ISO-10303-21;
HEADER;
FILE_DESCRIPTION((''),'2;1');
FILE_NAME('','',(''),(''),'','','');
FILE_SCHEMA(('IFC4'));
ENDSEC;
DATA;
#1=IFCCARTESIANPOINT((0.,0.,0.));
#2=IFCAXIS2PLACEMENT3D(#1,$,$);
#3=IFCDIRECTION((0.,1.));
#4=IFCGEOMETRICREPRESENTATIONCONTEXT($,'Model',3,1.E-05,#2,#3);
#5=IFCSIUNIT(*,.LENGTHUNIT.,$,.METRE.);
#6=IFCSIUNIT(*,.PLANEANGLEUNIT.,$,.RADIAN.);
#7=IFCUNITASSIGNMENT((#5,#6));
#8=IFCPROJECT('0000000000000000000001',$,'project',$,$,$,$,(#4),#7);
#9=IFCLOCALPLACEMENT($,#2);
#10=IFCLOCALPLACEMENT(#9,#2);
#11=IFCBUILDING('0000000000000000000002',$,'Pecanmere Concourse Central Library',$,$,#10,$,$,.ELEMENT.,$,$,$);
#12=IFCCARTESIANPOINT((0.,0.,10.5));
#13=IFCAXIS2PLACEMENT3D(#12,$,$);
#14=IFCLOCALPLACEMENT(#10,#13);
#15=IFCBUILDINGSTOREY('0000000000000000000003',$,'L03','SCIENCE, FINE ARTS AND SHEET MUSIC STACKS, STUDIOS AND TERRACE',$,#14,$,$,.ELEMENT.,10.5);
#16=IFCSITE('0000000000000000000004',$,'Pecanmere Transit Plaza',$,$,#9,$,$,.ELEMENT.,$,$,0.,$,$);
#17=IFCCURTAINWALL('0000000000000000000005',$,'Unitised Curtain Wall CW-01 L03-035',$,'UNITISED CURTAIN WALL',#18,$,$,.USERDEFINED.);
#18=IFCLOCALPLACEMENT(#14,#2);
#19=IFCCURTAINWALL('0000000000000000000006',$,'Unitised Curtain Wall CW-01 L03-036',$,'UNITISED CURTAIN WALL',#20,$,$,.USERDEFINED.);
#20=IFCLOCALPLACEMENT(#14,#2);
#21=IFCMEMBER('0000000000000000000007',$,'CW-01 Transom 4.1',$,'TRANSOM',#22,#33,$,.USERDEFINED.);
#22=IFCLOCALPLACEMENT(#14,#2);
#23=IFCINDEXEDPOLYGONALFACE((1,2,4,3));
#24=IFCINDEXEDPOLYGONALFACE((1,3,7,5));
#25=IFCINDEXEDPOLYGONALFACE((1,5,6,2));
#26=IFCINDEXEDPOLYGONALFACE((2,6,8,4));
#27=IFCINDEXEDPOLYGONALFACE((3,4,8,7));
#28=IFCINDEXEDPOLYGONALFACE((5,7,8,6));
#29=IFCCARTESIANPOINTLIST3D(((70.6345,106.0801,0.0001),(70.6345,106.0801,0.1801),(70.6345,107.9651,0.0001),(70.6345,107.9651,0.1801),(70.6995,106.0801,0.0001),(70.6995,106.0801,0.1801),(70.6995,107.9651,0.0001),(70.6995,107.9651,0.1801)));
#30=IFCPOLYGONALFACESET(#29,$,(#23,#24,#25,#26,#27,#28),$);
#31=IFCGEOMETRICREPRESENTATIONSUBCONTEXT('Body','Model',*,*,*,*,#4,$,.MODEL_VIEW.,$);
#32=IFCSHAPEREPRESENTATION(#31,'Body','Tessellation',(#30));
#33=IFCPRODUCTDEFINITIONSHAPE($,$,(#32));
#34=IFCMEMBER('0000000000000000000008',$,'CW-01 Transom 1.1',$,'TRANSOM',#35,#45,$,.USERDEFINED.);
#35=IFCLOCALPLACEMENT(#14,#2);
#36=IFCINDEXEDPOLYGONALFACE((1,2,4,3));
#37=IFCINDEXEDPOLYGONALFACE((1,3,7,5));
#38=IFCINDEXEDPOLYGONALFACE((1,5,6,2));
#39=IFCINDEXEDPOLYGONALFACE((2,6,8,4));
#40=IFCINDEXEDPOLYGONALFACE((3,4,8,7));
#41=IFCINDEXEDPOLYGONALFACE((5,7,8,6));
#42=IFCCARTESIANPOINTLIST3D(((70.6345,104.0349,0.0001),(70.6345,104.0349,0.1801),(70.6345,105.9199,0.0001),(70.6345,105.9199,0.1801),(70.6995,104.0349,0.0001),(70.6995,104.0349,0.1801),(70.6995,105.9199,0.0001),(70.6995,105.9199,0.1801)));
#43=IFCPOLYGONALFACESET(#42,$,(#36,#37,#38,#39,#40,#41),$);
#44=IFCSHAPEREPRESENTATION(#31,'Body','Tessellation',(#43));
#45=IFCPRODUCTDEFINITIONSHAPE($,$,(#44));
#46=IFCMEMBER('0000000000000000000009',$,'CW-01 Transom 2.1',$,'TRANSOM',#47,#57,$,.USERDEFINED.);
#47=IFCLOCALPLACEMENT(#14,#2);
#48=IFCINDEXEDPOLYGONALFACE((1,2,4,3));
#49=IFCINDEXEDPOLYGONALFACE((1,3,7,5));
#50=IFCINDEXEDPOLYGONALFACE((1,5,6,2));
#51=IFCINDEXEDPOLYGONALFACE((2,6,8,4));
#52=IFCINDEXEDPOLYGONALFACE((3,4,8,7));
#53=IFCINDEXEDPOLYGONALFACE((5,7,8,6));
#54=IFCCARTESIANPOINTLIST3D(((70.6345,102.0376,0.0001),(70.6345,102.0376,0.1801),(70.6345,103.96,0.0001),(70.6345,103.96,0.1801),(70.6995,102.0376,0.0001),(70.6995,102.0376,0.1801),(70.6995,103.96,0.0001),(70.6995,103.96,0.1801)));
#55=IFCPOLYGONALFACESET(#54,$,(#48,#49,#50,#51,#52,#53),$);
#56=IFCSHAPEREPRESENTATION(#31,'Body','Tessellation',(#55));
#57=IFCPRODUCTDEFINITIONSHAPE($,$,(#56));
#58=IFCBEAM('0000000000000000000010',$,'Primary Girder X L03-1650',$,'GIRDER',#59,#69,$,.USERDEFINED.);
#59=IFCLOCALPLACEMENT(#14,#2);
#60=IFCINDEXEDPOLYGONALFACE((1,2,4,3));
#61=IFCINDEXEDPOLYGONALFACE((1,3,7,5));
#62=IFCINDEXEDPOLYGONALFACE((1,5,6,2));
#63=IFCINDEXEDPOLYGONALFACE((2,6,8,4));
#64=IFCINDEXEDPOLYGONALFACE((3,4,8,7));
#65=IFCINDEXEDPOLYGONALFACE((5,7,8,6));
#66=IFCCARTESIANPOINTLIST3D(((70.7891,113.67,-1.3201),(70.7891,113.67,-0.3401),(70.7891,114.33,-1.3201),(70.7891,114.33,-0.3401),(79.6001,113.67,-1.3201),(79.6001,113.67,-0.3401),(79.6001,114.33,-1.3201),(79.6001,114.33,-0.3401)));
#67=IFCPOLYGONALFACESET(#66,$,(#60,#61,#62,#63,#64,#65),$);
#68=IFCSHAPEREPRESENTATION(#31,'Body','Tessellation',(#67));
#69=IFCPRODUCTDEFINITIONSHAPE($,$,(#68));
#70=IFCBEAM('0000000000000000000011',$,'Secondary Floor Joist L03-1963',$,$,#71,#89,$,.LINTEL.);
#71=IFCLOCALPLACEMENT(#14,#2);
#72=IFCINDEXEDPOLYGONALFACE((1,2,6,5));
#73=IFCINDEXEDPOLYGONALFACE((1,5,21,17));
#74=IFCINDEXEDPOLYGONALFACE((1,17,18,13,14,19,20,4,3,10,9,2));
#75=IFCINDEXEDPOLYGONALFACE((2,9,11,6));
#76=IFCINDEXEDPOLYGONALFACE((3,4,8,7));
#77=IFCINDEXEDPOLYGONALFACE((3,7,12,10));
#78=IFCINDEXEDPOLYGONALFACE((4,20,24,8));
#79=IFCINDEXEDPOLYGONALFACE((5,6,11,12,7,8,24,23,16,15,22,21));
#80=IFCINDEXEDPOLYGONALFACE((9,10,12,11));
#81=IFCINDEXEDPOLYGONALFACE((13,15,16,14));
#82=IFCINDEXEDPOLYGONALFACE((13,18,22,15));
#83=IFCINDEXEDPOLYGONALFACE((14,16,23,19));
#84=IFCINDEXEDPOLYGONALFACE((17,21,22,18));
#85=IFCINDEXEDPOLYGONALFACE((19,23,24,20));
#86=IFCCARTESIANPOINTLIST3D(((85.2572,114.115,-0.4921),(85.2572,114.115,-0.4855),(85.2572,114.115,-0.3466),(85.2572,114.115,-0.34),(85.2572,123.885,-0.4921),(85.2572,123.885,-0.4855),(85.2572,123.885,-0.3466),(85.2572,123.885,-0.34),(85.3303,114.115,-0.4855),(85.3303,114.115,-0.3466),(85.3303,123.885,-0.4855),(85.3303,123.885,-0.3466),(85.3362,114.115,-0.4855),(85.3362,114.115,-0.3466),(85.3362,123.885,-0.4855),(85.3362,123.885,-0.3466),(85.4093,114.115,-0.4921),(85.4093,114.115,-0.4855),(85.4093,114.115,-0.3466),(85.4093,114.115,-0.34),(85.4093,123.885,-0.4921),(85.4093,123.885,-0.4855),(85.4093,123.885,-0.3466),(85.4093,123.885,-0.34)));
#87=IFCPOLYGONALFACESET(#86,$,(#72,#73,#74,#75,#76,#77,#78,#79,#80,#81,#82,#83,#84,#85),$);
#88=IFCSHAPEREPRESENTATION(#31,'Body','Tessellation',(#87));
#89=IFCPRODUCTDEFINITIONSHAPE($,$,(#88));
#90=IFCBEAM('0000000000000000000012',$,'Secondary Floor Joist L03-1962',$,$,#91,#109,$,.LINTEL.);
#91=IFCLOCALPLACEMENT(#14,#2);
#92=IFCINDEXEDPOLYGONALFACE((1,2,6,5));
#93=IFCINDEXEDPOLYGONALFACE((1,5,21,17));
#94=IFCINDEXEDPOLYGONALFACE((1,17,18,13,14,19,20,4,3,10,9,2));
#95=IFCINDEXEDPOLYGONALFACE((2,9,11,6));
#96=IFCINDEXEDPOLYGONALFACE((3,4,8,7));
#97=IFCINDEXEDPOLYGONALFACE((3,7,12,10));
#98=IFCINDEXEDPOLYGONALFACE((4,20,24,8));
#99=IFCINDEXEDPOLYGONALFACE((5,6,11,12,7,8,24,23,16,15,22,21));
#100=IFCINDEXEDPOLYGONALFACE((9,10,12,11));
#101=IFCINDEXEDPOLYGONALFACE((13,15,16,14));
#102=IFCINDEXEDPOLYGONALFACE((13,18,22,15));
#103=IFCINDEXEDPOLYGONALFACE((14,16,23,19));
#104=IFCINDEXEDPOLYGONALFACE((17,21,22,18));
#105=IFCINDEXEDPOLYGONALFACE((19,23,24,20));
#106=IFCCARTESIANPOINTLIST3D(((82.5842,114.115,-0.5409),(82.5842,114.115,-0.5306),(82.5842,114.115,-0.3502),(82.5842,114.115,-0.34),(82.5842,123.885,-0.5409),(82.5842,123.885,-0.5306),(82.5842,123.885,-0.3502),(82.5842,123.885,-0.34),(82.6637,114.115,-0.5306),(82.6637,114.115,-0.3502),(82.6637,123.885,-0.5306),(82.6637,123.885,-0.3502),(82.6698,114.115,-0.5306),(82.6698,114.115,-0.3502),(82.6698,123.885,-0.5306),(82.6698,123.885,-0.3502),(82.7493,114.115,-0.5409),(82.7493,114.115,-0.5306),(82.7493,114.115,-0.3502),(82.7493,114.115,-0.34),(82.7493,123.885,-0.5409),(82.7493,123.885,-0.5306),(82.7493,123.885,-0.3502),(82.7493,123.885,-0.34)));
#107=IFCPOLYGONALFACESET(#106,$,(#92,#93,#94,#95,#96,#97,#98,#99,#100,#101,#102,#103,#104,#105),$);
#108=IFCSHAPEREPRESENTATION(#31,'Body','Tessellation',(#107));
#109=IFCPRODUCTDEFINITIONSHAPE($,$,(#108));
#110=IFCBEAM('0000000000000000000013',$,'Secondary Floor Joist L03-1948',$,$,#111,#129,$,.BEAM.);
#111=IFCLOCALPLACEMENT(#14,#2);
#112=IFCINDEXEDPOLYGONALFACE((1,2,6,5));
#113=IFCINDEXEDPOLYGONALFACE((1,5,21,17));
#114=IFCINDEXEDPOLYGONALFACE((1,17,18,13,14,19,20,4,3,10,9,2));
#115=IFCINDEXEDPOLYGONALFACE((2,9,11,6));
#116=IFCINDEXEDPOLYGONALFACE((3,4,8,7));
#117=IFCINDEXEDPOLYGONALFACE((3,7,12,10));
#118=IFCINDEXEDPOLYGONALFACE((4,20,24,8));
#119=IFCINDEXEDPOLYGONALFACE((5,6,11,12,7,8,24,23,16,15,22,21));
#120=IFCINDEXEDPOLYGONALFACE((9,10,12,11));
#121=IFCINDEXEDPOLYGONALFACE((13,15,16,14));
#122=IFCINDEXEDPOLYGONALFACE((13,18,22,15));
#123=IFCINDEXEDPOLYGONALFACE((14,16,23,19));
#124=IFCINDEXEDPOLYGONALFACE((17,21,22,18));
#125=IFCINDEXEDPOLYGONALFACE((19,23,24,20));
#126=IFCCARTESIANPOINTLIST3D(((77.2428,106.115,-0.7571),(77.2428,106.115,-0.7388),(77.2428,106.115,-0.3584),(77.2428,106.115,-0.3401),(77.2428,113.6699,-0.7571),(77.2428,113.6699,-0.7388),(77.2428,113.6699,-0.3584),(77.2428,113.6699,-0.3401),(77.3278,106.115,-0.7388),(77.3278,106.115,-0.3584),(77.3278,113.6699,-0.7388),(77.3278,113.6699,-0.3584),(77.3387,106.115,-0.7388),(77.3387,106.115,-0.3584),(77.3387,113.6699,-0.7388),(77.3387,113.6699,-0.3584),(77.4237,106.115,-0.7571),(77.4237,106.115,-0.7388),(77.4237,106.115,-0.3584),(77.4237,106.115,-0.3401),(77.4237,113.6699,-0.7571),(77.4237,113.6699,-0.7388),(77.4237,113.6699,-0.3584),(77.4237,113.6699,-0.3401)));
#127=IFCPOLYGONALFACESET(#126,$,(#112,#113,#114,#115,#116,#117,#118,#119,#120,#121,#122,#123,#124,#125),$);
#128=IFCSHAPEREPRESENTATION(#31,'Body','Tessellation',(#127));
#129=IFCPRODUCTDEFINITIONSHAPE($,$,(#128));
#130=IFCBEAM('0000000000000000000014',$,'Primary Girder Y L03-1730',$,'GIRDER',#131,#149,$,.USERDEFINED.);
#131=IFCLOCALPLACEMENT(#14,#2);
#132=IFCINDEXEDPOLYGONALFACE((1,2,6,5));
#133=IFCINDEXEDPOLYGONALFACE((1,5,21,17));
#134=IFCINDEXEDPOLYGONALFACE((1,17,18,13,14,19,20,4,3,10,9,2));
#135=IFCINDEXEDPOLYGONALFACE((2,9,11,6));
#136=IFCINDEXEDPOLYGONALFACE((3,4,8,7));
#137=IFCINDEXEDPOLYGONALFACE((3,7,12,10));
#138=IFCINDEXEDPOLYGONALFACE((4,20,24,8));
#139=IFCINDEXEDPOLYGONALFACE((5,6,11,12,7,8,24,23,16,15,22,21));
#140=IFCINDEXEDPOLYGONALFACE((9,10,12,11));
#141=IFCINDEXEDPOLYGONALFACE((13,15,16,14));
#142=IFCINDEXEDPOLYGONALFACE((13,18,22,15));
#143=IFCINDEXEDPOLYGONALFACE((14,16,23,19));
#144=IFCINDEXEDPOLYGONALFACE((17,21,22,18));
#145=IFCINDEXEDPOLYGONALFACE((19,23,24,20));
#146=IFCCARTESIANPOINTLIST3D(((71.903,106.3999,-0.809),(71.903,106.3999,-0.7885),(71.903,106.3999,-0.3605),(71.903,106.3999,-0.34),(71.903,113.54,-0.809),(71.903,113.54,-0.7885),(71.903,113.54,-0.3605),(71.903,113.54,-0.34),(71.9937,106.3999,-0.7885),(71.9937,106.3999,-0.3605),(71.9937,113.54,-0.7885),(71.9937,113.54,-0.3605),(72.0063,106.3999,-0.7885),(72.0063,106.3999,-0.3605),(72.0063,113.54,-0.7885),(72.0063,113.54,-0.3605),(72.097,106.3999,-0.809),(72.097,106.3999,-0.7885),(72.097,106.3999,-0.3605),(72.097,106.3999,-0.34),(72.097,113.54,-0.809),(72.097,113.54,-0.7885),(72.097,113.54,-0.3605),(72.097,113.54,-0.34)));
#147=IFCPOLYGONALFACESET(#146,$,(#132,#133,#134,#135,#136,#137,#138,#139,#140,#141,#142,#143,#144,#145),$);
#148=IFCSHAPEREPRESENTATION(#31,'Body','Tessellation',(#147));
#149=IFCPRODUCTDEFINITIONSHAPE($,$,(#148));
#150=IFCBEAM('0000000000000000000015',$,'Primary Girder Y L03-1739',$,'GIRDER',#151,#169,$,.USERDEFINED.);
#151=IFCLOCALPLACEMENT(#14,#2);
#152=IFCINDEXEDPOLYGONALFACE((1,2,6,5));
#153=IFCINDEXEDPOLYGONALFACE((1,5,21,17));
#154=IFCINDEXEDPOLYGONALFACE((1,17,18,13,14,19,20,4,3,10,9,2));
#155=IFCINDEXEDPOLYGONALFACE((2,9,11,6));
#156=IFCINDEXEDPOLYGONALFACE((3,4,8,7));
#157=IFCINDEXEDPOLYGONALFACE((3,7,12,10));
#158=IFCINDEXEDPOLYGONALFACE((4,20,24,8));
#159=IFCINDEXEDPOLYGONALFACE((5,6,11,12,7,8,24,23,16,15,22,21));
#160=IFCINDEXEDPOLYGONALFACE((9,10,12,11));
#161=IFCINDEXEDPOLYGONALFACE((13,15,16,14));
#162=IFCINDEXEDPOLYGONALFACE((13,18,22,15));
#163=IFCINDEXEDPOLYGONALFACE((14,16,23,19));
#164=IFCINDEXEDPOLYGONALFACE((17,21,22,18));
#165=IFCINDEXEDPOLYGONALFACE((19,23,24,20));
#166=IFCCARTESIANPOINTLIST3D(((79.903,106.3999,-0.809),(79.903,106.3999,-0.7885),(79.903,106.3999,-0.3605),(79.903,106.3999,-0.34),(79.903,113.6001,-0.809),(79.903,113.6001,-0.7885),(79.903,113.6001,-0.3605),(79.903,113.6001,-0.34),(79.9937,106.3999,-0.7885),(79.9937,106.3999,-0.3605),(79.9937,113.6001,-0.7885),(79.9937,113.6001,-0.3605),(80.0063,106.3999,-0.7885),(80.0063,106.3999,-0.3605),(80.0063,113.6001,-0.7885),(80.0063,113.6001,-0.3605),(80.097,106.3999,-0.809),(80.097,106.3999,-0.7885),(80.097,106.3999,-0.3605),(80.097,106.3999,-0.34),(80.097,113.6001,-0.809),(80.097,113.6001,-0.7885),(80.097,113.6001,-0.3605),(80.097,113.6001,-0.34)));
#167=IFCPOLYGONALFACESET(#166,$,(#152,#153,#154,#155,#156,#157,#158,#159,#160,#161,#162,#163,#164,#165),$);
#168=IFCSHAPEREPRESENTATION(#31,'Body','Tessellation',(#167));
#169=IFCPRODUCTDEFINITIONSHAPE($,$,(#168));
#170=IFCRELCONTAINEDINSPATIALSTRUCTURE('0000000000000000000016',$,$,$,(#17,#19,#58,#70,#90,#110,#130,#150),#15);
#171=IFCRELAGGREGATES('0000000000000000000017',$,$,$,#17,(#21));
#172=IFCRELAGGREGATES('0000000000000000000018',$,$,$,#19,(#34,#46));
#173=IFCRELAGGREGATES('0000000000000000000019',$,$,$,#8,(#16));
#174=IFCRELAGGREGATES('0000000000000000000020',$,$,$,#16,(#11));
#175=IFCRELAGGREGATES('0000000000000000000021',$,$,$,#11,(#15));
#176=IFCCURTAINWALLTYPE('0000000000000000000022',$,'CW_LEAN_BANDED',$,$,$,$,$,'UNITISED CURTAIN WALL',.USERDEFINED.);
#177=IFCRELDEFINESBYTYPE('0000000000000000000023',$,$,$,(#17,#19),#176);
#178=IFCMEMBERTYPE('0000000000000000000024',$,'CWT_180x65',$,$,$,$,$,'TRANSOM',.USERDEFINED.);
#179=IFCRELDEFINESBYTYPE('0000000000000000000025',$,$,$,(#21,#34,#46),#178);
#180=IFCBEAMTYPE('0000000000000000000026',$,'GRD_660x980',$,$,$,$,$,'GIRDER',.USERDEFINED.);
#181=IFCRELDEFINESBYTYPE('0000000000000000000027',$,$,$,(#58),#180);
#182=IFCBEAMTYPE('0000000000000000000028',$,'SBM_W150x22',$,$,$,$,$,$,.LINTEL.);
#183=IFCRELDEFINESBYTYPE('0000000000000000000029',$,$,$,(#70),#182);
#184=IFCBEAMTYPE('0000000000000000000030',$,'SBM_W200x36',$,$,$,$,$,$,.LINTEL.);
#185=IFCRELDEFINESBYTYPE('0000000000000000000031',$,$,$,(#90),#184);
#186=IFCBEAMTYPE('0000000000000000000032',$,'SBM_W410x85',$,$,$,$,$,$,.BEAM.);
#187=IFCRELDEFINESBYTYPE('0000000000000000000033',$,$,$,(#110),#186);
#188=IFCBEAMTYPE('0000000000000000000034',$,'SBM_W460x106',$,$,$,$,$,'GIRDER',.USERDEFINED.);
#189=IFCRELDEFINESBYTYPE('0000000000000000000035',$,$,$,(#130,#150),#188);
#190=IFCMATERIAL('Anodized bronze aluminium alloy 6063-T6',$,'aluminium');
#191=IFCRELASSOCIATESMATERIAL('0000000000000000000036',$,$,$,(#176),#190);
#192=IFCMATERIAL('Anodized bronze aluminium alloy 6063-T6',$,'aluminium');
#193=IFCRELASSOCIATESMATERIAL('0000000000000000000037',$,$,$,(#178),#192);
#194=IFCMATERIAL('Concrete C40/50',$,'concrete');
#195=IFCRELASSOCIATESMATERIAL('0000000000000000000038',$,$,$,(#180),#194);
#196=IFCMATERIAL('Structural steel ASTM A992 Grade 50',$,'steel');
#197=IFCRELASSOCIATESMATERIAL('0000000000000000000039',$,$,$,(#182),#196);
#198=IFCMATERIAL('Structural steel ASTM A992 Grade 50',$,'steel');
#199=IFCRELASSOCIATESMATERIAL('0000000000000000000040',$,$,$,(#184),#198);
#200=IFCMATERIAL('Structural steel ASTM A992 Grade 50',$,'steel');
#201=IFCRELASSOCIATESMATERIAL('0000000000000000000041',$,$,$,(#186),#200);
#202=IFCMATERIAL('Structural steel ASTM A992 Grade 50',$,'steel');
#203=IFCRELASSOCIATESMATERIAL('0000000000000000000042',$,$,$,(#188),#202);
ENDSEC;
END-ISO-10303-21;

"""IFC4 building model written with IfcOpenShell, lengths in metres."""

from ifc_helpers import new_model, si_unit, direction, frame, origin, origin_2d, place, context, subcontext, project, spatial, rectangle, i_section, extrude, material, material_profile, profile_set, type_object, element, aggregate, save


model = new_model("IFC4")

# Units and contexts
model_context = context("Model", 3, precision=1e-05, world=origin(), true_north=direction((0.0, 1.0)))
body_context = subcontext(model_context, "Body", "Model", "MODEL_VIEW")
ifc_project = project(units=[si_unit("LENGTHUNIT", "METRE"), si_unit("PLANEANGLEUNIT", "RADIAN")], contexts=[model_context])

# Site, building, storey
site_placement = place(None, origin())
site = spatial("IfcSite", under=ifc_project, at=site_placement, Name="Pecanmere Transit Plaza", CompositionType="ELEMENT", RefElevation=0.0)
building_placement = place(site_placement, origin())
building = spatial("IfcBuilding", under=site, at=building_placement, Name="Pecanmere Concourse Central Library", CompositionType="ELEMENT")
storey_placement = place(building_placement, frame((0.0, 0.0, 10.5)))
storey = spatial("IfcBuildingStorey", under=building, at=storey_placement, Name="L03", Description="SCIENCE, FINE ARTS AND SHEET MUSIC STACKS, STUDIOS AND TERRACE", CompositionType="ELEMENT", Elevation=10.5)

# Shared definitions
ifc_material_1 = material(Name="Anodized bronze aluminium alloy 6063-T6", Category="aluminium")
curtain_wall_type = type_object("IfcCurtainWallType", Name="CW_LEAN_BANDED", ElementType="UNITISED CURTAIN WALL", PredefinedType="USERDEFINED", material=ifc_material_1)

# Curtain walls
curtain_wall_1_placement = place(storey_placement, origin())
curtain_wall_1 = element("IfcCurtainWall", 1, at=curtain_wall_1_placement, inside=storey, type_object=curtain_wall_type, Name="Unitised Curtain Wall CW-01 L03-035", ObjectType="UNITISED CURTAIN WALL", PredefinedType="USERDEFINED")
curtain_wall_2_placement = place(storey_placement, origin())
curtain_wall_2 = element("IfcCurtainWall", 2, at=curtain_wall_2_placement, inside=storey, type_object=curtain_wall_type, Name="Unitised Curtain Wall CW-01 L03-036", ObjectType="UNITISED CURTAIN WALL", PredefinedType="USERDEFINED")

# Members
ifc_material_2 = material(Name="Anodized bronze aluminium alloy 6063-T6", Category="aluminium")
ifc_material_profile_1 = material_profile(ifc_material_2, rectangle(XDim=0.0649, YDim=0.1799, at=origin_2d()), Name="AL 65x180")
ifc_profile_set_1 = profile_set([ifc_material_profile_1], Name="Anodized bronze aluminium alloy 6063-T6")
member_type_1 = type_object("IfcMemberType", Name="CWT_180x65", ElementType="TRANSOM", PredefinedType="USERDEFINED", material=ifc_profile_set_1)
member_1_placement = place(storey_placement, frame((70.667, 107.9651, 0.0901), z_axis=(0.0, -1.0, 0.0), x_axis=(1.0, 0.0, 0.0)))
member_1 = element("IfcMember", 3, at=member_1_placement, type_object=member_type_1, Name="CW-01 Transom 4.1", ObjectType="TRANSOM", PredefinedType="USERDEFINED", context=body_context, shape_type="SweptSolid", body=[
    extrude(rectangle(XDim=0.0649, YDim=0.1799, at=origin_2d()), origin(), (0.0, 0.0, 1.0), 1.885),
])
aggregate(curtain_wall_1, [member_1])
member_2_placement = place(storey_placement, frame((70.667, 105.9199, 0.0901), z_axis=(0.0, -1.0, 0.0), x_axis=(1.0, 0.0, 0.0)))
member_2 = element("IfcMember", 4, at=member_2_placement, type_object=member_type_1, Name="CW-01 Transom 1.1", ObjectType="TRANSOM", PredefinedType="USERDEFINED", context=body_context, shape_type="SweptSolid", body=[
    extrude(rectangle(XDim=0.0649, YDim=0.1799, at=origin_2d()), origin(), (0.0, 0.0, 1.0), 1.885),
])
member_3_placement = place(storey_placement, frame((70.667, 103.96, 0.0901), z_axis=(0.0, -1.0, 0.0), x_axis=(1.0, 0.0, 0.0)))
member_3 = element("IfcMember", 5, at=member_3_placement, type_object=member_type_1, Name="CW-01 Transom 2.1", ObjectType="TRANSOM", PredefinedType="USERDEFINED", context=body_context, shape_type="SweptSolid", body=[
    extrude(rectangle(XDim=0.0649, YDim=0.1799, at=origin_2d()), origin(), (0.0, 0.0, 1.0), 1.9224),
])
aggregate(curtain_wall_2, [member_2, member_3])

# Beams
ifc_material_3 = material(Name="Concrete C40/50", Category="concrete")
ifc_material_profile_2 = material_profile(ifc_material_3, rectangle(XDim=0.6599, YDim=0.98, at=origin_2d()), Name="RC 660x980")
ifc_profile_set_2 = profile_set([ifc_material_profile_2], Name="Concrete C40/50")
beam_type_1 = type_object("IfcBeamType", Name="GRD_660x980", ElementType="GIRDER", PredefinedType="USERDEFINED", material=ifc_profile_set_2)
beam_1_placement = place(storey_placement, frame((70.7891, 114.0, -0.8301), z_axis=(1.0, 0.0, 0.0), x_axis=(0.0, 1.0, 0.0)))
element("IfcBeam", 6, at=beam_1_placement, inside=storey, type_object=beam_type_1, Name="Primary Girder X L03-1650", ObjectType="GIRDER", PredefinedType="USERDEFINED", context=body_context, shape_type="SweptSolid", body=[
    extrude(rectangle(XDim=0.6599, YDim=0.98, at=origin_2d()), origin(), (0.0, 0.0, 1.0), 8.811),
])
ifc_material_4 = material(Name="Structural steel ASTM A992 Grade 50", Category="steel")
ifc_material_profile_3 = material_profile(ifc_material_4, i_section(OverallWidth=0.1521, OverallDepth=0.1521, WebThickness=0.0059, FlangeThickness=0.0066, at=origin_2d()), Name="W150x22.5")
ifc_profile_set_3 = profile_set([ifc_material_profile_3], Name="Structural steel ASTM A992 Grade 50")
beam_type_2 = type_object("IfcBeamType", Name="SBM_W150x22", PredefinedType="LINTEL", material=ifc_profile_set_3)
beam_2_placement = place(storey_placement, frame((85.3333, 114.115, -0.416), z_axis=(0.0, 1.0, 0.0), x_axis=(-1.0, 0.0, 0.0)))
element("IfcBeam", 7, at=beam_2_placement, inside=storey, type_object=beam_type_2, Name="Secondary Floor Joist L03-1963", PredefinedType="LINTEL", context=body_context, shape_type="SweptSolid", body=[
    extrude(i_section(OverallWidth=0.1521, OverallDepth=0.1521, WebThickness=0.0059, FlangeThickness=0.0066, at=origin_2d()), origin(), (0.0, 0.0, 1.0), 9.77),
])
ifc_material_5 = material(Name="Structural steel ASTM A992 Grade 50", Category="steel")
ifc_material_profile_4 = material_profile(ifc_material_5, i_section(OverallWidth=0.165, OverallDepth=0.2009, WebThickness=0.0061, FlangeThickness=0.0103, at=origin_2d()), Name="W200x35.9")
ifc_profile_set_4 = profile_set([ifc_material_profile_4], Name="Structural steel ASTM A992 Grade 50")
beam_type_3 = type_object("IfcBeamType", Name="SBM_W200x36", PredefinedType="LINTEL", material=ifc_profile_set_4)
beam_3_placement = place(storey_placement, frame((82.6667, 114.115, -0.4404), z_axis=(0.0, 1.0, 0.0), x_axis=(-1.0, 0.0, 0.0)))
element("IfcBeam", 8, at=beam_3_placement, inside=storey, type_object=beam_type_3, Name="Secondary Floor Joist L03-1962", PredefinedType="LINTEL", context=body_context, shape_type="SweptSolid", body=[
    extrude(i_section(OverallWidth=0.165, OverallDepth=0.2009, WebThickness=0.0061, FlangeThickness=0.0103, at=origin_2d()), origin(), (0.0, 0.0, 1.0), 9.77),
])
ifc_material_6 = material(Name="Structural steel ASTM A992 Grade 50", Category="steel")
ifc_material_profile_5 = material_profile(ifc_material_6, i_section(OverallWidth=0.1809, OverallDepth=0.417, WebThickness=0.011, FlangeThickness=0.0183, at=origin_2d()), Name="W410x85")
ifc_profile_set_5 = profile_set([ifc_material_profile_5], Name="Structural steel ASTM A992 Grade 50")
beam_type_4 = type_object("IfcBeamType", Name="SBM_W410x85", PredefinedType="BEAM", material=ifc_profile_set_5)
beam_4_placement = place(storey_placement, frame((77.3333, 106.115, -0.5486), z_axis=(0.0, 1.0, 0.0), x_axis=(-1.0, 0.0, 0.0)))
element("IfcBeam", 9, at=beam_4_placement, inside=storey, type_object=beam_type_4, Name="Secondary Floor Joist L03-1948", PredefinedType="BEAM", context=body_context, shape_type="SweptSolid", body=[
    extrude(i_section(OverallWidth=0.1809, OverallDepth=0.417, WebThickness=0.011, FlangeThickness=0.0183, at=origin_2d()), origin(), (0.0, 0.0, 1.0), 7.5549),
])
ifc_material_7 = material(Name="Structural steel ASTM A992 Grade 50", Category="steel")
ifc_material_profile_6 = material_profile(ifc_material_7, i_section(OverallWidth=0.1941, OverallDepth=0.469, WebThickness=0.0127, FlangeThickness=0.0205, at=origin_2d()), Name="W460x106")
ifc_profile_set_6 = profile_set([ifc_material_profile_6], Name="Structural steel ASTM A992 Grade 50")
beam_type_5 = type_object("IfcBeamType", Name="SBM_W460x106", ElementType="GIRDER", PredefinedType="USERDEFINED", material=ifc_profile_set_6)
beam_5_placement = place(storey_placement, frame((72.0, 106.3999, -0.5745), z_axis=(0.0, 1.0, 0.0), x_axis=(-1.0, 0.0, 0.0)))
element("IfcBeam", 10, at=beam_5_placement, inside=storey, type_object=beam_type_5, Name="Primary Girder Y L03-1730", ObjectType="GIRDER", PredefinedType="USERDEFINED", context=body_context, shape_type="SweptSolid", body=[
    extrude(i_section(OverallWidth=0.1941, OverallDepth=0.469, WebThickness=0.0127, FlangeThickness=0.0205, at=origin_2d()), origin(), (0.0, 0.0, 1.0), 7.1401),
])
beam_6_placement = place(storey_placement, frame((80.0, 106.3999, -0.5745), z_axis=(0.0, 1.0, 0.0), x_axis=(-1.0, 0.0, 0.0)))
element("IfcBeam", 11, at=beam_6_placement, inside=storey, type_object=beam_type_5, Name="Primary Girder Y L03-1739", ObjectType="GIRDER", PredefinedType="USERDEFINED", context=body_context, shape_type="SweptSolid", body=[
    extrude(i_section(OverallWidth=0.1941, OverallDepth=0.469, WebThickness=0.0127, FlangeThickness=0.0205, at=origin_2d()), origin(), (0.0, 0.0, 1.0), 7.2002),
])

save(model, "model.ifc")
